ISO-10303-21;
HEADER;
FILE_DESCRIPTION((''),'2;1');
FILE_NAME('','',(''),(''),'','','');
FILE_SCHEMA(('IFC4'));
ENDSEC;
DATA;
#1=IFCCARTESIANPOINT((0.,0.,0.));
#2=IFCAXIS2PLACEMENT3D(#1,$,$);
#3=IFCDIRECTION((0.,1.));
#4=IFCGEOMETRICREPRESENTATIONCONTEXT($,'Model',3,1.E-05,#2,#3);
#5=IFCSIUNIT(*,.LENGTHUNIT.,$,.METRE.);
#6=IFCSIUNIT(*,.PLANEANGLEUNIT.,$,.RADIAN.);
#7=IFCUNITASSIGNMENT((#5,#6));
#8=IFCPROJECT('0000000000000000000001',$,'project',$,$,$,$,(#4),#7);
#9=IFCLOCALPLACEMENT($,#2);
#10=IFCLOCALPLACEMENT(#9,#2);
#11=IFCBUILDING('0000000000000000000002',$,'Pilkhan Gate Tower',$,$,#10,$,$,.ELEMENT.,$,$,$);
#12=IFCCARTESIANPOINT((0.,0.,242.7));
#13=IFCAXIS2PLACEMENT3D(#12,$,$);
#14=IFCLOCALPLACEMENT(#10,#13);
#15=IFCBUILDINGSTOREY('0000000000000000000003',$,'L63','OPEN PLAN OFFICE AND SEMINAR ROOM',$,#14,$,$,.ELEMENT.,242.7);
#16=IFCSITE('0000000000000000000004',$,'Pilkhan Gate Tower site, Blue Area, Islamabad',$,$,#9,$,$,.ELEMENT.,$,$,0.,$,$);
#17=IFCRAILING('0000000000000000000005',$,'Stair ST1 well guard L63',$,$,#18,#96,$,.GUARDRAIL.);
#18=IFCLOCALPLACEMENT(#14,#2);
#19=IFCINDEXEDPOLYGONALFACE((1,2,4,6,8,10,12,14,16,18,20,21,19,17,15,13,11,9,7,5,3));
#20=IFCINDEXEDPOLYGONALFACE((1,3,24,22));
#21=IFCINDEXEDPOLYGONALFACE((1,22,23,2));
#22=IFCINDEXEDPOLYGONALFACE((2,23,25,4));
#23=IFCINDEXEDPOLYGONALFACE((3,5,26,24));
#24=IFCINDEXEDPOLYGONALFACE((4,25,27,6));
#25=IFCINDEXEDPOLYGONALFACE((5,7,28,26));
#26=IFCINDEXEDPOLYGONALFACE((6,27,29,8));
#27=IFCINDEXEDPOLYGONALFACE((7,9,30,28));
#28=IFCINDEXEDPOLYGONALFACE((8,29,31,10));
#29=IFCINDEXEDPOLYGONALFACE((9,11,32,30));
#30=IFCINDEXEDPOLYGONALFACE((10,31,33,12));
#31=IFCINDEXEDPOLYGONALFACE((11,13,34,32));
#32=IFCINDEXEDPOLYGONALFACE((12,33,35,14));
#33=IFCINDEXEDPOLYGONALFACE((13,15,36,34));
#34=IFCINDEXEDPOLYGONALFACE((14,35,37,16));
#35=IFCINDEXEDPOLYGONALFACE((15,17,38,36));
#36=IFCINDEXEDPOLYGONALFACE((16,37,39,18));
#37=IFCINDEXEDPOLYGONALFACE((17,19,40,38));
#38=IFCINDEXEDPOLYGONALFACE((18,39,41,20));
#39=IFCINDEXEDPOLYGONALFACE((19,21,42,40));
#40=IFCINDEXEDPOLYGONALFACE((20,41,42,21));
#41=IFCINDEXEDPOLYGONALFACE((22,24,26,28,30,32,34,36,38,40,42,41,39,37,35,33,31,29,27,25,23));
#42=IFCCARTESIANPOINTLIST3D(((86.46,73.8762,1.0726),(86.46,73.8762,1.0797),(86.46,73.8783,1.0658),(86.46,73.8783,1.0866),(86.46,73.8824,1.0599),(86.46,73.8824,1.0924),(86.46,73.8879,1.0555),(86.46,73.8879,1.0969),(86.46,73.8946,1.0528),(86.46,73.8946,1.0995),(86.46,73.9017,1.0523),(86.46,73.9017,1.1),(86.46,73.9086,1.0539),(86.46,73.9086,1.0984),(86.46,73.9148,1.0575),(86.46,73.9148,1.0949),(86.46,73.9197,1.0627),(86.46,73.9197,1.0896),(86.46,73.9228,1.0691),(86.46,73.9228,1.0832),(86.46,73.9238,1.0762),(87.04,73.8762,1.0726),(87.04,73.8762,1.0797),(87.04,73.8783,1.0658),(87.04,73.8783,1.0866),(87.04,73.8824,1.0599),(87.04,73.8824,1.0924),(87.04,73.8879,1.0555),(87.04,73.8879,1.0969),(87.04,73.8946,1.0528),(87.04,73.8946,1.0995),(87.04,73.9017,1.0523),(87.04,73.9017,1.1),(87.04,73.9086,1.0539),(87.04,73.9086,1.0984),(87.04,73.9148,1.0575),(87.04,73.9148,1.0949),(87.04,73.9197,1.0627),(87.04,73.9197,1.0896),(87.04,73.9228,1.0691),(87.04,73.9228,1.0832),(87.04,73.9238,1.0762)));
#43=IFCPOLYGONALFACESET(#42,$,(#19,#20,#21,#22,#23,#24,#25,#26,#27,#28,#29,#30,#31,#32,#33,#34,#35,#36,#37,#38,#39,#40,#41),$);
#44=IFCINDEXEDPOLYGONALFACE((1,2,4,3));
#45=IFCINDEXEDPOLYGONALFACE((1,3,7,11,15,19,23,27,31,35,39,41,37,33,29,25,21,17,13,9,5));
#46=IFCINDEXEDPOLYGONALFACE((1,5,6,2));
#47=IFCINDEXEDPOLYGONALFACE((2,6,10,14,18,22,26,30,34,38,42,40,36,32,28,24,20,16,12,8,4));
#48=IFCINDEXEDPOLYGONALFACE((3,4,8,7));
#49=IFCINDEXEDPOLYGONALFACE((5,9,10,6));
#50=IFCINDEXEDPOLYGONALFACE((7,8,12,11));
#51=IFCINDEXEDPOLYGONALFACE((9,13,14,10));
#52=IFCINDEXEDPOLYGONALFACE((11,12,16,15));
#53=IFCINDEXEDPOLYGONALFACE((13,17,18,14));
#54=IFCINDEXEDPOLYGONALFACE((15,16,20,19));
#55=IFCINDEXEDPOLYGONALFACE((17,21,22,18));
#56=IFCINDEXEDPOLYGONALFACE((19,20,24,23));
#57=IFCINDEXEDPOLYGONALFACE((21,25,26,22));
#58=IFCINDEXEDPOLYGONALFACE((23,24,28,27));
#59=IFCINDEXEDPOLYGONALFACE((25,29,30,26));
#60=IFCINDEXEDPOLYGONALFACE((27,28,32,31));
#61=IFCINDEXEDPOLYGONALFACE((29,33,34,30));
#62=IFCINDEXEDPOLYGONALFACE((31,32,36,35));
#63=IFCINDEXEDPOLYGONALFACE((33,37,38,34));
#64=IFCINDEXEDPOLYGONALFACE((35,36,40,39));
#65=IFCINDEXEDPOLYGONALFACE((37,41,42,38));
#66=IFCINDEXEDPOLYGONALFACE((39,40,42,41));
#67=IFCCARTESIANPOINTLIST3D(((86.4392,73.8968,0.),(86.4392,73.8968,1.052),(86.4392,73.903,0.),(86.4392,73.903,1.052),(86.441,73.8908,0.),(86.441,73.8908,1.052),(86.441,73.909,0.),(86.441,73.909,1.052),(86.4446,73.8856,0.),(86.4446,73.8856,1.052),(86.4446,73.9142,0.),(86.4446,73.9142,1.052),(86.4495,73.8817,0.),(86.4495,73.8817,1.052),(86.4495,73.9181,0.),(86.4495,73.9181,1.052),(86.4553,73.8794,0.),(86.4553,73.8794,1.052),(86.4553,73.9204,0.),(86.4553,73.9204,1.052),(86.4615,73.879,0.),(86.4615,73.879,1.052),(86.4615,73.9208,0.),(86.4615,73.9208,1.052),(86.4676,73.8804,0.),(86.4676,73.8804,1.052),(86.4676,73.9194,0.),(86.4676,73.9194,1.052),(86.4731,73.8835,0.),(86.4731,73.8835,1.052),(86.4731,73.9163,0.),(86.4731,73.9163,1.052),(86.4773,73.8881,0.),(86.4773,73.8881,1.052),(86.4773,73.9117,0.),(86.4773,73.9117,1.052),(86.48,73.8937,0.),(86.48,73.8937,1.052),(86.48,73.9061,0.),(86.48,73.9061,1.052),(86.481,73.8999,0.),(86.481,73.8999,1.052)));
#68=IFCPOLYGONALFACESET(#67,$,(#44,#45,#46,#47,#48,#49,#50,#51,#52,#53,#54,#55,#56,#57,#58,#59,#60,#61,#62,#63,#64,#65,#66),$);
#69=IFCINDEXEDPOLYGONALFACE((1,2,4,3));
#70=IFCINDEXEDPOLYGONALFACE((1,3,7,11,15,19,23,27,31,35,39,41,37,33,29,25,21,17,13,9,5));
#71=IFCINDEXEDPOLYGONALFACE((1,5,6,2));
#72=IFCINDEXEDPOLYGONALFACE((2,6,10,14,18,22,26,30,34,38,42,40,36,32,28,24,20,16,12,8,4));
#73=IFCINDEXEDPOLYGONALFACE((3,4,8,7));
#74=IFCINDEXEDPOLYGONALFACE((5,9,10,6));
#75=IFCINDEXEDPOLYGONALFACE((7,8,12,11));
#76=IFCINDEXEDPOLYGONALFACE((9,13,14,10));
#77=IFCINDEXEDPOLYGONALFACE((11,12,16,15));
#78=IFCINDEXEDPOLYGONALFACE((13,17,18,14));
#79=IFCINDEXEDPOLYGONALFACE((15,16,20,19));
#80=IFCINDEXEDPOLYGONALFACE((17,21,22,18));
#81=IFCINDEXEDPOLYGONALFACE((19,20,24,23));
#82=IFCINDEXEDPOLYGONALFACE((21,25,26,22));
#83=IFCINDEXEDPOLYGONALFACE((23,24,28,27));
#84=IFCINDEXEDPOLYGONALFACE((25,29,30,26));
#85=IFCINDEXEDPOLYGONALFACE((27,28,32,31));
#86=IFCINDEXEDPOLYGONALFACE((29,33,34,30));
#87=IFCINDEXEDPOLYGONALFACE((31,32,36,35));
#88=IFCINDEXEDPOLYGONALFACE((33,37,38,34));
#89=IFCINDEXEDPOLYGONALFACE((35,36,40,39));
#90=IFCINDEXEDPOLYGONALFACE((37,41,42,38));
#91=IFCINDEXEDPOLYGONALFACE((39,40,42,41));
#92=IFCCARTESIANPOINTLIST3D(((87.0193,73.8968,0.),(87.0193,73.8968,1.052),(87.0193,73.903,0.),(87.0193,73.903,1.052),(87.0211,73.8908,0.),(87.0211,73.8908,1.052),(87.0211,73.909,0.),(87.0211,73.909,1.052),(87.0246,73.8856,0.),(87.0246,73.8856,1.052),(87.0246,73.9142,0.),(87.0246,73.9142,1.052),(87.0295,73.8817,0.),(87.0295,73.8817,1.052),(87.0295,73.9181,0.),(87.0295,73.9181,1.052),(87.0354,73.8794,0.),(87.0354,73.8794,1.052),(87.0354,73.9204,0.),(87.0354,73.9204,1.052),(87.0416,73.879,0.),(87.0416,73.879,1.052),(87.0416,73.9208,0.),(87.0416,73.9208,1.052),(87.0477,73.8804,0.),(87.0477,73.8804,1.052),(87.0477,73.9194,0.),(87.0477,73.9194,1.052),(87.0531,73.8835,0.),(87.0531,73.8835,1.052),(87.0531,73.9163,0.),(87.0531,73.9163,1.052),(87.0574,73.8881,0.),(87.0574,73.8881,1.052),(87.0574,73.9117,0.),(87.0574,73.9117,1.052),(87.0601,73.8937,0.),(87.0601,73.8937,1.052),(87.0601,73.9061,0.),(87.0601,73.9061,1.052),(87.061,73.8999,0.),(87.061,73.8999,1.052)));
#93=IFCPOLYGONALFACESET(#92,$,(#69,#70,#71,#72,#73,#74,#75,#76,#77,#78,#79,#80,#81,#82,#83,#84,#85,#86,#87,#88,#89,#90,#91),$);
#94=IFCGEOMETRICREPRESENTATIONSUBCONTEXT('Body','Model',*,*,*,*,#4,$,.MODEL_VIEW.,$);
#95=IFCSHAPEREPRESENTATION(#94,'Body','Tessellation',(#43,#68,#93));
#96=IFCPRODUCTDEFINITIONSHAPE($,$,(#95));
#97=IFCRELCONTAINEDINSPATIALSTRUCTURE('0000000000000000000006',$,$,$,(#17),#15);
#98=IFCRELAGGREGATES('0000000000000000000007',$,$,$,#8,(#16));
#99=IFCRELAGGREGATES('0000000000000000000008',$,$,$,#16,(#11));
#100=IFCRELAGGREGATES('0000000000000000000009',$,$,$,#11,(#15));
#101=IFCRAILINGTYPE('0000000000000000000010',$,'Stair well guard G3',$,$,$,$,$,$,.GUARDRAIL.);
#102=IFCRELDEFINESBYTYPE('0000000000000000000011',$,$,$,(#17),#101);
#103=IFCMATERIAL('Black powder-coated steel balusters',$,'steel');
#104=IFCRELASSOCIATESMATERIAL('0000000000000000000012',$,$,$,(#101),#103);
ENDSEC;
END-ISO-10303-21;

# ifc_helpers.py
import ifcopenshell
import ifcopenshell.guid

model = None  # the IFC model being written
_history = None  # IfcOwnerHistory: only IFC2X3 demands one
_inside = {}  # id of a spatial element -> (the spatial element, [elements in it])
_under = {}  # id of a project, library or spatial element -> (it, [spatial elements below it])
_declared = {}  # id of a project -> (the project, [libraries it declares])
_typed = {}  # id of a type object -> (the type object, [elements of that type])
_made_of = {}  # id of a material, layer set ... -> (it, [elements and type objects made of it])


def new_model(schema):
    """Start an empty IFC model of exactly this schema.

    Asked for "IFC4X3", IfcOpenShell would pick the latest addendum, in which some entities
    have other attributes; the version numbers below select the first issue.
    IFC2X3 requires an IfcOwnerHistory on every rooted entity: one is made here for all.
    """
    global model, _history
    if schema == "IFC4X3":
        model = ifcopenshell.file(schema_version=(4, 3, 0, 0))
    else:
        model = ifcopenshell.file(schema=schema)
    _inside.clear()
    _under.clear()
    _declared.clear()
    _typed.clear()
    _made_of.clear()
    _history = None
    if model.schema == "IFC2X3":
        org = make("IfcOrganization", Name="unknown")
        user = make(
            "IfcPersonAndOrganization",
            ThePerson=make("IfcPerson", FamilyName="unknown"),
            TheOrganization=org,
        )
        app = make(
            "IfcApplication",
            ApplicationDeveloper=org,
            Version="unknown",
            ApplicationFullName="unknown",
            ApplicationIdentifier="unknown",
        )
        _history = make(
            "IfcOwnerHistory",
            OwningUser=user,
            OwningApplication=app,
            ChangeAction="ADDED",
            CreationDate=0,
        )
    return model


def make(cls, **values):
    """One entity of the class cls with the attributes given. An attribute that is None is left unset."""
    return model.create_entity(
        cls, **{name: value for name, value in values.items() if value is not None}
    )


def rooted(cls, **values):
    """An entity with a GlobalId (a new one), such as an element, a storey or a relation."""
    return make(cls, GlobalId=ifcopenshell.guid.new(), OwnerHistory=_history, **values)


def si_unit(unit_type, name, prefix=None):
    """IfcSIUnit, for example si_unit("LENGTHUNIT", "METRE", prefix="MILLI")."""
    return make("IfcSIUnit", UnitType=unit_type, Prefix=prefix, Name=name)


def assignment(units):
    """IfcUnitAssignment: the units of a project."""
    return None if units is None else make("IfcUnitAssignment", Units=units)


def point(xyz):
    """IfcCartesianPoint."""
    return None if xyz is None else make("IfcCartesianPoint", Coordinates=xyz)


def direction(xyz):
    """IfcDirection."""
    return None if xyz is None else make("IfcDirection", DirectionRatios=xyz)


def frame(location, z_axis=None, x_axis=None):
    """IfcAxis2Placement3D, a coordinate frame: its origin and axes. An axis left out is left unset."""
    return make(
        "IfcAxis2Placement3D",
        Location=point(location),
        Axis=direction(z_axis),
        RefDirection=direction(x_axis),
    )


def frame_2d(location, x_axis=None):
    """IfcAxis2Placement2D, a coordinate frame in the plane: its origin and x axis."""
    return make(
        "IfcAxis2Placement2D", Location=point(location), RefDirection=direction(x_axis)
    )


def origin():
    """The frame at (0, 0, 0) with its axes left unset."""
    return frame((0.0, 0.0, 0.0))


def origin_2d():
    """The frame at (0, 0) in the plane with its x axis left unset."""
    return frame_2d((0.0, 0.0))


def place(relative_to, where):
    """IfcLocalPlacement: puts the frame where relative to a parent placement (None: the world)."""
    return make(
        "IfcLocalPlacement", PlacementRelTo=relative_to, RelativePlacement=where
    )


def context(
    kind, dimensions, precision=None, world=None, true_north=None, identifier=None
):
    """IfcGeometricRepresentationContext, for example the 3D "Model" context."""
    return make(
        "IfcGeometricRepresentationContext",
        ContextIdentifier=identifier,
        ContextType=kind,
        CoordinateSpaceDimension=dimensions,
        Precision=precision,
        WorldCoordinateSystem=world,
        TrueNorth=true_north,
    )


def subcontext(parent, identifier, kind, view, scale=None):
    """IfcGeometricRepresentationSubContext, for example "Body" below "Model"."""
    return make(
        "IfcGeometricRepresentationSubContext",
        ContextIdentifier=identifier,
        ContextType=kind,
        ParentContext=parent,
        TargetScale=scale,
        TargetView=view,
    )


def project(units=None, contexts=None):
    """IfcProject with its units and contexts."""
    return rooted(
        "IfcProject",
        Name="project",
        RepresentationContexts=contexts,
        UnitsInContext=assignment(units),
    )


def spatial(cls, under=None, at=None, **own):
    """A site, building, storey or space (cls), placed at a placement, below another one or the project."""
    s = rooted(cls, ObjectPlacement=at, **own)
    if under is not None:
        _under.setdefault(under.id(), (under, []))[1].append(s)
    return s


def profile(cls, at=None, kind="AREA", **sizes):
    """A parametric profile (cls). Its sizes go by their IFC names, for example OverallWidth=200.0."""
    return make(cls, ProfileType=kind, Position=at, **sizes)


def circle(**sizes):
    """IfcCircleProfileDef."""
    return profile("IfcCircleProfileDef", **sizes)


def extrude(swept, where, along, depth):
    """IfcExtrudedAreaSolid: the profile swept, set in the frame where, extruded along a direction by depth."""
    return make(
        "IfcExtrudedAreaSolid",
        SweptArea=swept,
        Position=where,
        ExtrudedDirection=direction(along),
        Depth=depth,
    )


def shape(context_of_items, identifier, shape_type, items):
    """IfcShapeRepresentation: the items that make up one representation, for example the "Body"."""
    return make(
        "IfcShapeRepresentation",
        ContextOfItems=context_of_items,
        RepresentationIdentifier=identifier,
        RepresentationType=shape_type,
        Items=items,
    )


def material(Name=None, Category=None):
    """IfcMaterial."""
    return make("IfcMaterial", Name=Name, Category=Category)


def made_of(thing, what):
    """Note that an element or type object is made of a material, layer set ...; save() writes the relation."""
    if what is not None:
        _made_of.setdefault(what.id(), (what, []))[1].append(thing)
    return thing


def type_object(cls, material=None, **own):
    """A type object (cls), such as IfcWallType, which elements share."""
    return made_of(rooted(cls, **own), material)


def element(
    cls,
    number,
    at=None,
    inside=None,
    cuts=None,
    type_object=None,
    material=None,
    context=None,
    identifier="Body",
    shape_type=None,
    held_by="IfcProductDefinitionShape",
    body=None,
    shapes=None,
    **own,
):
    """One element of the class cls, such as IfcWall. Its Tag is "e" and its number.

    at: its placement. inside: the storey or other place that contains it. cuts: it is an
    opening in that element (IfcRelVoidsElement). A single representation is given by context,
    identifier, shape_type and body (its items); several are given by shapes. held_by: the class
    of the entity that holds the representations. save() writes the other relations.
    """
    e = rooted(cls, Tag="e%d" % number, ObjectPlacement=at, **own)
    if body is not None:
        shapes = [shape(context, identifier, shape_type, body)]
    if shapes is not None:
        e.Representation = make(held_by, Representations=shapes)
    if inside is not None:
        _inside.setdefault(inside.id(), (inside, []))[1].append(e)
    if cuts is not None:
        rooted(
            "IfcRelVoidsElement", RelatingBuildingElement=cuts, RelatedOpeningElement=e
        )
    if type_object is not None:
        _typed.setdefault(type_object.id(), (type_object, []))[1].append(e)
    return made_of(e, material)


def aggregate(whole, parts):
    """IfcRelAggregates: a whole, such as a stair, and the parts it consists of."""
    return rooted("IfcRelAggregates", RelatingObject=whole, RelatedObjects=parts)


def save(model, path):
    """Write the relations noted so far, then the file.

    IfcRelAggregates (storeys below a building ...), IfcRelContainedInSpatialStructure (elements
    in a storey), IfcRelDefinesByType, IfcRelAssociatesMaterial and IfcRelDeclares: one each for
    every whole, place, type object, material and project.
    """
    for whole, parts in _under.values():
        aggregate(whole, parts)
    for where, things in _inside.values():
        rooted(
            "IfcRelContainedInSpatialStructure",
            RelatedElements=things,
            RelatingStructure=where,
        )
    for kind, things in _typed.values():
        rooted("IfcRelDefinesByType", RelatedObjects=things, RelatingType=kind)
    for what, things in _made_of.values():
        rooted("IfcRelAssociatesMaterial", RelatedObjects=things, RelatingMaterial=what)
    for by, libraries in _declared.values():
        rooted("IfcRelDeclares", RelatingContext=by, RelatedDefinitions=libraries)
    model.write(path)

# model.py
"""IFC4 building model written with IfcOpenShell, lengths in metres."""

from ifc_helpers import new_model, si_unit, direction, frame, origin, origin_2d, place, context, subcontext, project, spatial, circle, extrude, material, type_object, element, save


model = new_model("IFC4")

# Units and contexts
model_context = context("Model", 3, precision=1e-05, world=origin(), true_north=direction((0.0, 1.0)))
body_context = subcontext(model_context, "Body", "Model", "MODEL_VIEW")
ifc_project = project(units=[si_unit("LENGTHUNIT", "METRE"), si_unit("PLANEANGLEUNIT", "RADIAN")], contexts=[model_context])

# Site, building, storey
site_placement = place(None, origin())
site = spatial("IfcSite", under=ifc_project, at=site_placement, Name="Pilkhan Gate Tower site, Blue Area, Islamabad", CompositionType="ELEMENT", RefElevation=0.0)
building_placement = place(site_placement, origin())
building = spatial("IfcBuilding", under=site, at=building_placement, Name="Pilkhan Gate Tower", CompositionType="ELEMENT")
storey_placement = place(building_placement, frame((0.0, 0.0, 242.7)))
storey = spatial("IfcBuildingStorey", under=building, at=storey_placement, Name="L63", Description="OPEN PLAN OFFICE AND SEMINAR ROOM", CompositionType="ELEMENT", Elevation=242.7)

# Railing
ifc_material_1 = material(Name="Black powder-coated steel balusters", Category="steel")
railing_type_1 = type_object("IfcRailingType", Name="Stair well guard G3", PredefinedType="GUARDRAIL", material=ifc_material_1)
railing_1_placement = place(storey_placement, frame((86.46, 73.8999, 0.0)))
element("IfcRailing", 1, at=railing_1_placement, inside=storey, type_object=railing_type_1, Name="Stair ST1 well guard L63", PredefinedType="GUARDRAIL", context=body_context, shape_type="SweptSolid", body=[
    extrude(circle(Radius=0.0239, at=origin_2d()), frame((0.0, 0.0, 1.0762), z_axis=(1.0, 0.0, 0.0), x_axis=(0.0, 1.0, 0.0)), (0.0, 0.0, 1.0), 0.5801),
    extrude(circle(Radius=0.021, at=origin_2d()), origin(), (0.0, 0.0, 1.0), 1.052),
    extrude(circle(Radius=0.021, at=origin_2d()), frame((0.5801, 0.0, 0.0)), (0.0, 0.0, 1.0), 1.052),
])

save(model, "model.ifc")
